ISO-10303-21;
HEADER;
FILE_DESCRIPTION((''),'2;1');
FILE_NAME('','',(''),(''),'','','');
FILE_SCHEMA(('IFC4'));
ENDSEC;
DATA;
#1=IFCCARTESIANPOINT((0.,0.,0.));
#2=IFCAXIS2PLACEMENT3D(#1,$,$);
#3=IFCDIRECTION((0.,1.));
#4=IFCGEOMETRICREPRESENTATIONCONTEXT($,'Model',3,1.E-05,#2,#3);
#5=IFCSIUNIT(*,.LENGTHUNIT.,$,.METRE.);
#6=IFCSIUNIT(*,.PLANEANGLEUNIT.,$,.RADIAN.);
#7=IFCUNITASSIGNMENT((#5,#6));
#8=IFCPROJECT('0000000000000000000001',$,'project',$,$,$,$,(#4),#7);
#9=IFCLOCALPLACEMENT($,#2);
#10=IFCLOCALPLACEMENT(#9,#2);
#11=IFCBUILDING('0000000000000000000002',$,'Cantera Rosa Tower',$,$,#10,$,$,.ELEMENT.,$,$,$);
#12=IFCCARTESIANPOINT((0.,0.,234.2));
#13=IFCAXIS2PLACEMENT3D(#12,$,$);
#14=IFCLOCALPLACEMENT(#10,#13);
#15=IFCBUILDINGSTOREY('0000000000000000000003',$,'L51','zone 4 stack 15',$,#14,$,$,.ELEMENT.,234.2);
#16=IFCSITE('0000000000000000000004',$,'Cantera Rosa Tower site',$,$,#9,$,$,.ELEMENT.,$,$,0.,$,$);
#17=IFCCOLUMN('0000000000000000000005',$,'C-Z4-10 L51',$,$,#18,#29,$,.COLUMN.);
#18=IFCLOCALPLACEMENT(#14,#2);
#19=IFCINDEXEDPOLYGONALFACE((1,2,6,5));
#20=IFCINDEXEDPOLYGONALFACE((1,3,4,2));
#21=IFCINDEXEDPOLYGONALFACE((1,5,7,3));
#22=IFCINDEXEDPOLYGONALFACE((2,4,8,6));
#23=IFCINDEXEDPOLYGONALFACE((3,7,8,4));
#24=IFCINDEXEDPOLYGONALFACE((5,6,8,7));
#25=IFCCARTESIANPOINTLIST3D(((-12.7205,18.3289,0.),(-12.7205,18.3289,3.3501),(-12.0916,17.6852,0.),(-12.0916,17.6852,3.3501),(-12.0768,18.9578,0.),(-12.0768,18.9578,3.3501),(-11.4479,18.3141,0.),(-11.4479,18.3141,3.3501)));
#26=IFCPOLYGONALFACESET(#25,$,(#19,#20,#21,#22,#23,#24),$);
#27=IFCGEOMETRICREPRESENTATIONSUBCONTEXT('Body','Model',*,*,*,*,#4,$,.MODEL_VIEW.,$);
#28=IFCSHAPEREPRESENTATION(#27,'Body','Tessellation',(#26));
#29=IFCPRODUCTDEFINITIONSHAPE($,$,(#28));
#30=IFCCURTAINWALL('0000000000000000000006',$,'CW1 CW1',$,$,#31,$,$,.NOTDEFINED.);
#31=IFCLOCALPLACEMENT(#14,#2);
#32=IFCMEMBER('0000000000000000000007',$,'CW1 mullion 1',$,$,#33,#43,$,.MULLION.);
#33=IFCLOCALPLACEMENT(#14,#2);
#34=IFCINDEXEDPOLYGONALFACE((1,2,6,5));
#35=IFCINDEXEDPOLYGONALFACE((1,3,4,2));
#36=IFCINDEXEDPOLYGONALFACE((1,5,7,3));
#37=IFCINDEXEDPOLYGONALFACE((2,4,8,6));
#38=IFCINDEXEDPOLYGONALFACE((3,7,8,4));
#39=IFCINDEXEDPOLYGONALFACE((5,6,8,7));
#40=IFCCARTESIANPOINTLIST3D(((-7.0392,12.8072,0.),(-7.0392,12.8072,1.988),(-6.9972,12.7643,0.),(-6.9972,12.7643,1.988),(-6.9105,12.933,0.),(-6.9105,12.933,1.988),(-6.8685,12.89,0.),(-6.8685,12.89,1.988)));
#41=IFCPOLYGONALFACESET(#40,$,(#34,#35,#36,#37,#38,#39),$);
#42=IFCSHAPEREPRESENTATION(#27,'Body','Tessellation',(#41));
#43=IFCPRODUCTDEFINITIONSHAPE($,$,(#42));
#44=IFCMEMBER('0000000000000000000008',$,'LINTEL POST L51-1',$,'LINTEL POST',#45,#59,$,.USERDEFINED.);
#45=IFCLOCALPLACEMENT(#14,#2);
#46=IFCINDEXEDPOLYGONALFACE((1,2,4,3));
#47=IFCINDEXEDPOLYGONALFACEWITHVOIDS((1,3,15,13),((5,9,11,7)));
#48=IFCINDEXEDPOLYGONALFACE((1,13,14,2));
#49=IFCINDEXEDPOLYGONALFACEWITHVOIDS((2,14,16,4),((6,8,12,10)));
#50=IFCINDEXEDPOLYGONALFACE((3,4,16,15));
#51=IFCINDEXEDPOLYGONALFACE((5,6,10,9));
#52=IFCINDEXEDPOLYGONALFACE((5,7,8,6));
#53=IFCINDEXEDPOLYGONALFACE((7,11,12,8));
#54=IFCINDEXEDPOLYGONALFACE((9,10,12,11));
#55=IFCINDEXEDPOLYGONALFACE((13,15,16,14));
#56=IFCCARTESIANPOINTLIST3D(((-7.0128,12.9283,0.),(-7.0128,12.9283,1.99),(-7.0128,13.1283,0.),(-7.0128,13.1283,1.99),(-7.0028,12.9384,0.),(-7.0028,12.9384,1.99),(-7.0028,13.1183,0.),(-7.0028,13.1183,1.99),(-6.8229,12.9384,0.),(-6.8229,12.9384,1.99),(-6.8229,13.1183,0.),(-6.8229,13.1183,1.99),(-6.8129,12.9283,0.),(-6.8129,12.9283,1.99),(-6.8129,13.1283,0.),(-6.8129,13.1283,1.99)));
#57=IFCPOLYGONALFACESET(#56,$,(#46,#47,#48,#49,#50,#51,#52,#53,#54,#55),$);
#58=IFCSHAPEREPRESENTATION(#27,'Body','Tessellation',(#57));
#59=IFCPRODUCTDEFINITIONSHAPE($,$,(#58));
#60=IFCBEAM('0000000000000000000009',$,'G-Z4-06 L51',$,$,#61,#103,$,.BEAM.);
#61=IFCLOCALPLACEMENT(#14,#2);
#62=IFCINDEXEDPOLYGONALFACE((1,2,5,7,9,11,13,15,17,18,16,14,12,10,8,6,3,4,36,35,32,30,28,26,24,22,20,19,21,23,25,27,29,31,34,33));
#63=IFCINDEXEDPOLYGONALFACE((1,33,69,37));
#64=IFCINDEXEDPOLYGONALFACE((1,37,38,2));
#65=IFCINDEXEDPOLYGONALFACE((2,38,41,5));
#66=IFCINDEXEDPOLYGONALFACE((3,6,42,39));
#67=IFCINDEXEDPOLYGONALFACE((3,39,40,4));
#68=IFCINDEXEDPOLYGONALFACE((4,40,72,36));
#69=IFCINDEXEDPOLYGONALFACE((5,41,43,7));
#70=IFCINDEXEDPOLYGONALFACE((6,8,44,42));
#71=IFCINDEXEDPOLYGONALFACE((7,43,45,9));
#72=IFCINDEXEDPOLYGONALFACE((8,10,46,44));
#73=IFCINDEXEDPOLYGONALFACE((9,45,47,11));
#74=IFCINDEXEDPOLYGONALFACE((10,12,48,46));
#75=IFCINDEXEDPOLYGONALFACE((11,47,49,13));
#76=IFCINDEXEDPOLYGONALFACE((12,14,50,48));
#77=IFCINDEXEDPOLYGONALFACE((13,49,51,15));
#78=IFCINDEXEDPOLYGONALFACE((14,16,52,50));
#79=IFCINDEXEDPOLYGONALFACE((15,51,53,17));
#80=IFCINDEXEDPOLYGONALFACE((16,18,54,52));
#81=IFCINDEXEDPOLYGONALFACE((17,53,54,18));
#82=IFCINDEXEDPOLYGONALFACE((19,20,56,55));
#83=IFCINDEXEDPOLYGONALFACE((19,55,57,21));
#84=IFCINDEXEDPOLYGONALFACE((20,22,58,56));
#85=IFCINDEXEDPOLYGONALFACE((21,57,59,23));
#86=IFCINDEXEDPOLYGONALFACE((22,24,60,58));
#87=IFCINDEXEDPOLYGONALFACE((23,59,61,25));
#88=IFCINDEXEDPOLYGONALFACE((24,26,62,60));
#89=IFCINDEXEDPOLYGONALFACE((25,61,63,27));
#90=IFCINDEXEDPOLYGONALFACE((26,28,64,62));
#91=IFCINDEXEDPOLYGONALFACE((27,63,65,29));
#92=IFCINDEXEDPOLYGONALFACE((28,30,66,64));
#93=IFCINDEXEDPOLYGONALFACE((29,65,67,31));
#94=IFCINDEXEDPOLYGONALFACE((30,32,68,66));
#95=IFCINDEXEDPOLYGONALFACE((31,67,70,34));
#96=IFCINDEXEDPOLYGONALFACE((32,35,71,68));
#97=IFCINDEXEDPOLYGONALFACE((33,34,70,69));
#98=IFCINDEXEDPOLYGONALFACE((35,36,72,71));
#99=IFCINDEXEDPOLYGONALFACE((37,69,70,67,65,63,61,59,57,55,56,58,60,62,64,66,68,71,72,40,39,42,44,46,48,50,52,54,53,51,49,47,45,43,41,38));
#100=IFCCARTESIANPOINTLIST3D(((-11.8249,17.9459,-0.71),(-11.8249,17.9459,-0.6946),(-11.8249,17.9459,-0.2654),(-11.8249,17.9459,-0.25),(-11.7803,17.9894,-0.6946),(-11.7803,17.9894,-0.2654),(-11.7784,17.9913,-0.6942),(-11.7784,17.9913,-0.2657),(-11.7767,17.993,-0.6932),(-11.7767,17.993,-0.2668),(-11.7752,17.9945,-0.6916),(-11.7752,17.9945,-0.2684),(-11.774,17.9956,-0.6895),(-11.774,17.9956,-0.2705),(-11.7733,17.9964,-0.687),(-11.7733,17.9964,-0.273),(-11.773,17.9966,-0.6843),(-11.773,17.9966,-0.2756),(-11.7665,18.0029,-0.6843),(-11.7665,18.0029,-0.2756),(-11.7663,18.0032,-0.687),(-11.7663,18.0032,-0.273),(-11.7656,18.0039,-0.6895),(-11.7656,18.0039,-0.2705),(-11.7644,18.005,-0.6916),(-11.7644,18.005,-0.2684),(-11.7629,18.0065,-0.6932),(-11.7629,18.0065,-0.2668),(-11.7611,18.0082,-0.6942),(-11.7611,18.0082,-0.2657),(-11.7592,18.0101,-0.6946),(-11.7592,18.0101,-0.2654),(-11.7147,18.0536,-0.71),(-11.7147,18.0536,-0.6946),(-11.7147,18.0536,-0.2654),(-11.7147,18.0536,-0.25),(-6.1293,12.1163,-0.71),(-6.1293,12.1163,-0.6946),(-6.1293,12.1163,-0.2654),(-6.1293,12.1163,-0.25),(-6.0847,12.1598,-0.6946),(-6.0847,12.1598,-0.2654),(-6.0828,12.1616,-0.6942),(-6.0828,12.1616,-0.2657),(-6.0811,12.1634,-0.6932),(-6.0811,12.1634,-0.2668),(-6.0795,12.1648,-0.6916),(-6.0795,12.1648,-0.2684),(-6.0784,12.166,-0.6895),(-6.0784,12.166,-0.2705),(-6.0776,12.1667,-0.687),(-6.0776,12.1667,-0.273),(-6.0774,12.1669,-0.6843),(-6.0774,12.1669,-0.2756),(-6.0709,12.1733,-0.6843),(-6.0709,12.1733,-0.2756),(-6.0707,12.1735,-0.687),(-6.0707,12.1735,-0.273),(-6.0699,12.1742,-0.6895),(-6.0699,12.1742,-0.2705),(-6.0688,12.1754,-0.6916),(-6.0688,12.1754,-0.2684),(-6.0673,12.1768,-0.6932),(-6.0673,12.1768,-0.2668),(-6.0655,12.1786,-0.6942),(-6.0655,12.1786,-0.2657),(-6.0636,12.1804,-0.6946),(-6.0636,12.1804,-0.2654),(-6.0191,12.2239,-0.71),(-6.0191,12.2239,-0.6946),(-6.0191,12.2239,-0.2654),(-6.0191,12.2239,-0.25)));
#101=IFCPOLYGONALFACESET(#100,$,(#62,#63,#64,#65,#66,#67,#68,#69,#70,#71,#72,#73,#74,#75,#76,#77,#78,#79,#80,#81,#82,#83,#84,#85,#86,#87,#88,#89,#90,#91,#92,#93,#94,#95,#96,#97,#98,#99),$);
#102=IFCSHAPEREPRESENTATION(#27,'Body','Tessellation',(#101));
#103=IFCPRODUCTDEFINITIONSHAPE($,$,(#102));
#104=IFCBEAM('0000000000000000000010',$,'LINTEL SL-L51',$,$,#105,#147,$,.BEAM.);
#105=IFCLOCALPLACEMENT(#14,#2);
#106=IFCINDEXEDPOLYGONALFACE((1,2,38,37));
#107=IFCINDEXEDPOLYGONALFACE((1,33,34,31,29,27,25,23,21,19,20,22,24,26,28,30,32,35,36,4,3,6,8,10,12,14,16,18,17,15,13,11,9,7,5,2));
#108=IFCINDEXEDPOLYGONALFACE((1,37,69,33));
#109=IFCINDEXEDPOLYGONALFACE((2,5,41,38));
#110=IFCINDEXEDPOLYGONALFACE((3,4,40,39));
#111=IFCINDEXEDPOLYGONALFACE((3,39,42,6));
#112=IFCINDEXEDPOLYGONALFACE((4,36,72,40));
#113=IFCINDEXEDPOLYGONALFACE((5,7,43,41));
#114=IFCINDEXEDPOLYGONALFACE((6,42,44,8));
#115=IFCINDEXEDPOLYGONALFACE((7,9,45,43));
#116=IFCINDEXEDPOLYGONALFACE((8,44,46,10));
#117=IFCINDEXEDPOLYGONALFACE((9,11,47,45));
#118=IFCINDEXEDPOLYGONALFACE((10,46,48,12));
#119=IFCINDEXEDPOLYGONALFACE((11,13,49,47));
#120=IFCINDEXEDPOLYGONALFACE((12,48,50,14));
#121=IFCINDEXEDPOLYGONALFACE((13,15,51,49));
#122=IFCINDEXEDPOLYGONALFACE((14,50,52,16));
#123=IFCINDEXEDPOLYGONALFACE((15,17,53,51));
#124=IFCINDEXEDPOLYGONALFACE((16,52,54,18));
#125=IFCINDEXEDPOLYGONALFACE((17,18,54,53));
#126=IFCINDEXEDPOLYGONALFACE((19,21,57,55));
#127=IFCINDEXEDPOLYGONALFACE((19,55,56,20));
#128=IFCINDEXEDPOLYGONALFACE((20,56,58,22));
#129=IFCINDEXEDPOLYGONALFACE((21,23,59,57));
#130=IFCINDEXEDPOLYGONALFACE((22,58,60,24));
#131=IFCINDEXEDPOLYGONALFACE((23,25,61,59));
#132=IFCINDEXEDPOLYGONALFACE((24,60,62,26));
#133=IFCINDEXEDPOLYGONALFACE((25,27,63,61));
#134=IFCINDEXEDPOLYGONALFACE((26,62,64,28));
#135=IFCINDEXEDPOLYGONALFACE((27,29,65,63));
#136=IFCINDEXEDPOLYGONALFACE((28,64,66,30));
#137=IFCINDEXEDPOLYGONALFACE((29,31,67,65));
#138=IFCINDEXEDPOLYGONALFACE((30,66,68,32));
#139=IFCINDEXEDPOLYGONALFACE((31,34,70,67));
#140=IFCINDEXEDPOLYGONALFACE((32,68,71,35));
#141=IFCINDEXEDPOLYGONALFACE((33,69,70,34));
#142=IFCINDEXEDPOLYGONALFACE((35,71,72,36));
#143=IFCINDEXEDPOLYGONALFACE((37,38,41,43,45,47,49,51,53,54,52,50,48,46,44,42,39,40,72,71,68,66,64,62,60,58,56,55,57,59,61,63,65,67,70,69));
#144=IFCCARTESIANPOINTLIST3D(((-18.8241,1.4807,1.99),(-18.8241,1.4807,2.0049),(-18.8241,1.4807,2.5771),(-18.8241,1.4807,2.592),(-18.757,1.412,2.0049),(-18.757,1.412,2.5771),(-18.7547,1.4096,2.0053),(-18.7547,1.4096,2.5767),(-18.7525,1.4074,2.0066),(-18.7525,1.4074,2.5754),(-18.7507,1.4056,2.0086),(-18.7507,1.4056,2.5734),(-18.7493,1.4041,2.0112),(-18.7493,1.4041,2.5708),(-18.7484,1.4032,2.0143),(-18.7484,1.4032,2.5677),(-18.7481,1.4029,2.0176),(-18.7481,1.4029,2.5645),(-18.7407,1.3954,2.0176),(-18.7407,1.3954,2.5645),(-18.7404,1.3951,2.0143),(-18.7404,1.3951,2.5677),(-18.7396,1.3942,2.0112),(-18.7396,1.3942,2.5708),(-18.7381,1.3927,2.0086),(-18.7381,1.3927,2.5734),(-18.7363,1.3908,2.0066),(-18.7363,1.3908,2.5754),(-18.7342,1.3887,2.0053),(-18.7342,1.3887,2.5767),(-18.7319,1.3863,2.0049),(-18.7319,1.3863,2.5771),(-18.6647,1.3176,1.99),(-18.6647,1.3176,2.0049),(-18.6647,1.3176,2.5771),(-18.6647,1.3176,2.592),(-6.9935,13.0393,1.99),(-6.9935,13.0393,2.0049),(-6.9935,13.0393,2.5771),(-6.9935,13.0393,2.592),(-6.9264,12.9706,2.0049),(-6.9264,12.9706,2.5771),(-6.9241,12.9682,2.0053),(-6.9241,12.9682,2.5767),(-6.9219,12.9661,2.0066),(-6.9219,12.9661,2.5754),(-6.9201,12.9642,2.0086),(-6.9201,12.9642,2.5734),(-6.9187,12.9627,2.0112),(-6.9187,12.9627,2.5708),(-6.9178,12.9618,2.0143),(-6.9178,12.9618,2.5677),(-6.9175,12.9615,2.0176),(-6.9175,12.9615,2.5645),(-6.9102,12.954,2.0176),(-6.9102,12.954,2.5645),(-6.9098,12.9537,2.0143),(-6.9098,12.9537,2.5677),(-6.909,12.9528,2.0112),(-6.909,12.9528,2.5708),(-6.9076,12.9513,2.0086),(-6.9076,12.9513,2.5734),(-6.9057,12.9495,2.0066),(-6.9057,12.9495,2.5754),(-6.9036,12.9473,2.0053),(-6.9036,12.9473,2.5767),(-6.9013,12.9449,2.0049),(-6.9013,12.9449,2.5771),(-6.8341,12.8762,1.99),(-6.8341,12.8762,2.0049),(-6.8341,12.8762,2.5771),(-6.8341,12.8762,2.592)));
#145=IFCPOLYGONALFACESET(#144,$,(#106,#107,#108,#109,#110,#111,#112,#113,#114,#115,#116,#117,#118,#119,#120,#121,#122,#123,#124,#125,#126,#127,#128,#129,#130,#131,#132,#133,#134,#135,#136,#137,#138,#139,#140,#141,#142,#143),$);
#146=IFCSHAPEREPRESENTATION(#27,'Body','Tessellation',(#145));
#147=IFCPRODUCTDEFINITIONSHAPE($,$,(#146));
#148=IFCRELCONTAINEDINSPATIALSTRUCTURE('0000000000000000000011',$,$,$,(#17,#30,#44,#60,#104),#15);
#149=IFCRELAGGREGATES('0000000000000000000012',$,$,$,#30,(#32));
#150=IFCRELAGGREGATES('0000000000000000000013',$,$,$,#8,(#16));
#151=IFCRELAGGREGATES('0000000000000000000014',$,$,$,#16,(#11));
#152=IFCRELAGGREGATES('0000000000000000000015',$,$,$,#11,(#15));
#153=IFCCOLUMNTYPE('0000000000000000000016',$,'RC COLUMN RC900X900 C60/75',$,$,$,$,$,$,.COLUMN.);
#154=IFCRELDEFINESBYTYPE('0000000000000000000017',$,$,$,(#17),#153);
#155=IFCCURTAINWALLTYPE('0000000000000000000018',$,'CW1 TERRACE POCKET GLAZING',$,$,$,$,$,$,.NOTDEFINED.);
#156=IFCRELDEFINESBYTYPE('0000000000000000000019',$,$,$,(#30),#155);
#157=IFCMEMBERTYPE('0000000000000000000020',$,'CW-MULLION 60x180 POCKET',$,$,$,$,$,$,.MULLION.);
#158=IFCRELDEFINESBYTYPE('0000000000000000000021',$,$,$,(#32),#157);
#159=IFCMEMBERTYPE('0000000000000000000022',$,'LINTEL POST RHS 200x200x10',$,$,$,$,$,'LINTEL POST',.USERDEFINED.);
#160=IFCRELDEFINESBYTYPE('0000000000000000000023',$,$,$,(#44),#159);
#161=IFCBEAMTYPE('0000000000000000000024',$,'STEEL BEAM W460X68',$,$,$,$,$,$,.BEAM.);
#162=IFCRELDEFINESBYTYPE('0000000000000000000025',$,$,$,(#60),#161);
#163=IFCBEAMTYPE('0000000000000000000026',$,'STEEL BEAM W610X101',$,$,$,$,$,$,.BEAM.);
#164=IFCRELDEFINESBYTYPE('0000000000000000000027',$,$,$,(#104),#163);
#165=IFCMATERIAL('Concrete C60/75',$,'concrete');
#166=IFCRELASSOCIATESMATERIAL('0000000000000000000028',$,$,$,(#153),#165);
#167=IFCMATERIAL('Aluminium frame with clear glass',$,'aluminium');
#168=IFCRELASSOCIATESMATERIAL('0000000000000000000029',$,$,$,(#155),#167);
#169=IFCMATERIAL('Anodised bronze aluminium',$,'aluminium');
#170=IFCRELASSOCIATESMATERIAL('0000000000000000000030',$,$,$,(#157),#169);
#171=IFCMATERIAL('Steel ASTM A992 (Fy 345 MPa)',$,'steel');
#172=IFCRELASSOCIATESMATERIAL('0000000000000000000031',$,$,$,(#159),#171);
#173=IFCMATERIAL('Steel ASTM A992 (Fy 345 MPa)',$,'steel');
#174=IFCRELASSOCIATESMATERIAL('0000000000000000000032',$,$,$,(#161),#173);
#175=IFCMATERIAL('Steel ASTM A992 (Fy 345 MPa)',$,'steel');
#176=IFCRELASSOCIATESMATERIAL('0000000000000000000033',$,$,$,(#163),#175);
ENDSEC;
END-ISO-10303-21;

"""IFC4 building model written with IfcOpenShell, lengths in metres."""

from ifc_helpers import new_model, si_unit, direction, frame, origin, origin_2d, place, context, subcontext, project, spatial, rectangle, hollow_rectangle, i_section, extrude, material, material_profile, profile_set, type_object, element, aggregate, save


model = new_model("IFC4")

# Units and contexts
model_context = context("Model", 3, precision=1e-05, world=origin(), true_north=direction((0.0, 1.0)))
body_context = subcontext(model_context, "Body", "Model", "MODEL_VIEW")
ifc_project = project(units=[si_unit("LENGTHUNIT", "METRE"), si_unit("PLANEANGLEUNIT", "RADIAN")], contexts=[model_context])

# Site, building, storey
site_placement = place(None, origin())
site = spatial("IfcSite", under=ifc_project, at=site_placement, Name="Cantera Rosa Tower site", CompositionType="ELEMENT", RefElevation=0.0)
building_placement = place(site_placement, origin())
building = spatial("IfcBuilding", under=site, at=building_placement, Name="Cantera Rosa Tower", CompositionType="ELEMENT")
storey_placement = place(building_placement, frame((0.0, 0.0, 234.2)))
storey = spatial("IfcBuildingStorey", under=building, at=storey_placement, Name="L51", Description="zone 4 stack 15", CompositionType="ELEMENT", Elevation=234.2)

# Column
ifc_material_1 = material(Name="Concrete C60/75", Category="concrete")
ifc_material_profile_1 = material_profile(ifc_material_1, rectangle(XDim=0.8999, YDim=0.8999, at=origin_2d()), Name="RC COLUMN RC900X900 C60/75")
ifc_profile_set_1 = profile_set([ifc_material_profile_1], Name="Concrete C60/75")
column_type = type_object("IfcColumnType", Name="RC COLUMN RC900X900 C60/75", PredefinedType="COLUMN", material=ifc_profile_set_1)
column_placement = place(storey_placement, frame((-12.0842, 18.3215, 0.0), z_axis=(0.0, 0.0, 1.0), x_axis=(0.715286, 0.698832, 0.0)))
element("IfcColumn", 1, at=column_placement, inside=storey, type_object=column_type, Name="C-Z4-10 L51", PredefinedType="COLUMN", context=body_context, shape_type="SweptSolid", body=[
    extrude(rectangle(XDim=0.8999, YDim=0.8999, at=origin_2d()), origin(), (0.0, 0.0, 1.0), 3.3501),
])

# Curtain wall, member
ifc_material_2 = material(Name="Aluminium frame with clear glass", Category="aluminium")
curtain_wall_type = type_object("IfcCurtainWallType", Name="CW1 TERRACE POCKET GLAZING", PredefinedType="NOTDEFINED", material=ifc_material_2)
curtain_wall_placement = place(storey_placement, origin())
curtain_wall = element("IfcCurtainWall", 2, at=curtain_wall_placement, inside=storey, type_object=curtain_wall_type, Name="CW1 CW1", PredefinedType="NOTDEFINED")
ifc_material_3 = material(Name="Anodised bronze aluminium", Category="aluminium")
ifc_material_profile_2 = material_profile(ifc_material_3, rectangle(XDim=0.0601, YDim=0.1799, at=origin_2d()), Name="CW-MULLION 60x180 POCKET")
ifc_profile_set_2 = profile_set([ifc_material_profile_2], Name="Anodised bronze aluminium")
member_type_1 = type_object("IfcMemberType", Name="CW-MULLION 60x180 POCKET", PredefinedType="MULLION", material=ifc_profile_set_2)
member_1_placement = place(storey_placement, frame((-6.9539, 12.8486, 0.0), z_axis=(0.0, 0.0, 1.0), x_axis=(0.698832, -0.715286, 0.0)))
member_1 = element("IfcMember", 3, at=member_1_placement, type_object=member_type_1, Name="CW1 mullion 1", PredefinedType="MULLION", context=body_context, shape_type="SweptSolid", body=[
    extrude(rectangle(XDim=0.0601, YDim=0.1799, at=origin_2d()), origin(), (0.0, 0.0, 1.0), 1.988),
])
aggregate(curtain_wall, [member_1])

# Member
ifc_material_4 = material(Name="Steel ASTM A992 (Fy 345 MPa)", Category="steel")
ifc_material_profile_3 = material_profile(ifc_material_4, hollow_rectangle(XDim=0.2, YDim=0.2, WallThickness=0.01, at=origin_2d()), Name="LINTEL POST RHS 200x200x10")
ifc_profile_set_3 = profile_set([ifc_material_profile_3], Name="Steel ASTM A992 (Fy 345 MPa)")
member_type_2 = type_object("IfcMemberType", Name="LINTEL POST RHS 200x200x10", ElementType="LINTEL POST", PredefinedType="USERDEFINED", material=ifc_profile_set_3)
member_2_placement = place(storey_placement, frame((-6.9128, 13.0283, 0.0), z_axis=(0.0, 0.0, 1.0), x_axis=(1.0, 0.0, 0.0)))
element("IfcMember", 4, at=member_2_placement, inside=storey, type_object=member_type_2, Name="LINTEL POST L51-1", ObjectType="LINTEL POST", PredefinedType="USERDEFINED", context=body_context, shape_type="SweptSolid", body=[
    extrude(hollow_rectangle(XDim=0.2, YDim=0.2, WallThickness=0.01, at=origin_2d()), origin(), (0.0, 0.0, 1.0), 1.99),
])

# Beams
ifc_material_5 = material(Name="Steel ASTM A992 (Fy 345 MPa)", Category="steel")
ifc_material_profile_4 = material_profile(ifc_material_5, i_section(OverallWidth=0.1541, OverallDepth=0.46, WebThickness=0.009, FlangeThickness=0.0154, FilletRadius=0.0103, at=origin_2d()), Name="W460X68")
ifc_profile_set_4 = profile_set([ifc_material_profile_4], Name="Steel ASTM A992 (Fy 345 MPa)")
beam_type_1 = type_object("IfcBeamType", Name="STEEL BEAM W460X68", PredefinedType="BEAM", material=ifc_profile_set_4)
beam_1_placement = place(storey_placement, frame((-11.7698, 17.9998, -0.48), z_axis=(0.698836, -0.715282, 0.0), x_axis=(0.715282, 0.698836, 0.0)))
element("IfcBeam", 5, at=beam_1_placement, inside=storey, type_object=beam_type_1, Name="G-Z4-06 L51", PredefinedType="BEAM", context=body_context, shape_type="SweptSolid", body=[
    extrude(i_section(OverallWidth=0.1541, OverallDepth=0.46, WebThickness=0.009, FlangeThickness=0.0154, FilletRadius=0.0103, at=origin_2d()), origin(), (0.0, 0.0, 1.0), 8.1501),
])
ifc_material_6 = material(Name="Steel ASTM A992 (Fy 345 MPa)", Category="steel")
ifc_material_profile_5 = material_profile(ifc_material_6, i_section(OverallWidth=0.228, OverallDepth=0.6021, WebThickness=0.0105, FlangeThickness=0.0149, FilletRadius=0.0127, at=origin_2d()), Name="W610X101")
ifc_profile_set_5 = profile_set([ifc_material_profile_5], Name="Steel ASTM A992 (Fy 345 MPa)")
beam_type_2 = type_object("IfcBeamType", Name="STEEL BEAM W610X101", PredefinedType="BEAM", material=ifc_profile_set_5)
beam_2_placement = place(storey_placement, frame((-6.9138, 12.9578, 2.291), z_axis=(-0.715281, -0.698837, 0.0), x_axis=(0.698837, -0.715281, 0.0)))
element("IfcBeam", 6, at=beam_2_placement, inside=storey, type_object=beam_type_2, Name="LINTEL SL-L51", PredefinedType="BEAM", context=body_context, shape_type="SweptSolid", body=[
    extrude(i_section(OverallWidth=0.228, OverallDepth=0.6021, WebThickness=0.0105, FlangeThickness=0.0149, FilletRadius=0.0127, at=origin_2d()), origin(), (0.0, 0.0, 1.0), 16.5398),
])

save(model, "model.ifc")
